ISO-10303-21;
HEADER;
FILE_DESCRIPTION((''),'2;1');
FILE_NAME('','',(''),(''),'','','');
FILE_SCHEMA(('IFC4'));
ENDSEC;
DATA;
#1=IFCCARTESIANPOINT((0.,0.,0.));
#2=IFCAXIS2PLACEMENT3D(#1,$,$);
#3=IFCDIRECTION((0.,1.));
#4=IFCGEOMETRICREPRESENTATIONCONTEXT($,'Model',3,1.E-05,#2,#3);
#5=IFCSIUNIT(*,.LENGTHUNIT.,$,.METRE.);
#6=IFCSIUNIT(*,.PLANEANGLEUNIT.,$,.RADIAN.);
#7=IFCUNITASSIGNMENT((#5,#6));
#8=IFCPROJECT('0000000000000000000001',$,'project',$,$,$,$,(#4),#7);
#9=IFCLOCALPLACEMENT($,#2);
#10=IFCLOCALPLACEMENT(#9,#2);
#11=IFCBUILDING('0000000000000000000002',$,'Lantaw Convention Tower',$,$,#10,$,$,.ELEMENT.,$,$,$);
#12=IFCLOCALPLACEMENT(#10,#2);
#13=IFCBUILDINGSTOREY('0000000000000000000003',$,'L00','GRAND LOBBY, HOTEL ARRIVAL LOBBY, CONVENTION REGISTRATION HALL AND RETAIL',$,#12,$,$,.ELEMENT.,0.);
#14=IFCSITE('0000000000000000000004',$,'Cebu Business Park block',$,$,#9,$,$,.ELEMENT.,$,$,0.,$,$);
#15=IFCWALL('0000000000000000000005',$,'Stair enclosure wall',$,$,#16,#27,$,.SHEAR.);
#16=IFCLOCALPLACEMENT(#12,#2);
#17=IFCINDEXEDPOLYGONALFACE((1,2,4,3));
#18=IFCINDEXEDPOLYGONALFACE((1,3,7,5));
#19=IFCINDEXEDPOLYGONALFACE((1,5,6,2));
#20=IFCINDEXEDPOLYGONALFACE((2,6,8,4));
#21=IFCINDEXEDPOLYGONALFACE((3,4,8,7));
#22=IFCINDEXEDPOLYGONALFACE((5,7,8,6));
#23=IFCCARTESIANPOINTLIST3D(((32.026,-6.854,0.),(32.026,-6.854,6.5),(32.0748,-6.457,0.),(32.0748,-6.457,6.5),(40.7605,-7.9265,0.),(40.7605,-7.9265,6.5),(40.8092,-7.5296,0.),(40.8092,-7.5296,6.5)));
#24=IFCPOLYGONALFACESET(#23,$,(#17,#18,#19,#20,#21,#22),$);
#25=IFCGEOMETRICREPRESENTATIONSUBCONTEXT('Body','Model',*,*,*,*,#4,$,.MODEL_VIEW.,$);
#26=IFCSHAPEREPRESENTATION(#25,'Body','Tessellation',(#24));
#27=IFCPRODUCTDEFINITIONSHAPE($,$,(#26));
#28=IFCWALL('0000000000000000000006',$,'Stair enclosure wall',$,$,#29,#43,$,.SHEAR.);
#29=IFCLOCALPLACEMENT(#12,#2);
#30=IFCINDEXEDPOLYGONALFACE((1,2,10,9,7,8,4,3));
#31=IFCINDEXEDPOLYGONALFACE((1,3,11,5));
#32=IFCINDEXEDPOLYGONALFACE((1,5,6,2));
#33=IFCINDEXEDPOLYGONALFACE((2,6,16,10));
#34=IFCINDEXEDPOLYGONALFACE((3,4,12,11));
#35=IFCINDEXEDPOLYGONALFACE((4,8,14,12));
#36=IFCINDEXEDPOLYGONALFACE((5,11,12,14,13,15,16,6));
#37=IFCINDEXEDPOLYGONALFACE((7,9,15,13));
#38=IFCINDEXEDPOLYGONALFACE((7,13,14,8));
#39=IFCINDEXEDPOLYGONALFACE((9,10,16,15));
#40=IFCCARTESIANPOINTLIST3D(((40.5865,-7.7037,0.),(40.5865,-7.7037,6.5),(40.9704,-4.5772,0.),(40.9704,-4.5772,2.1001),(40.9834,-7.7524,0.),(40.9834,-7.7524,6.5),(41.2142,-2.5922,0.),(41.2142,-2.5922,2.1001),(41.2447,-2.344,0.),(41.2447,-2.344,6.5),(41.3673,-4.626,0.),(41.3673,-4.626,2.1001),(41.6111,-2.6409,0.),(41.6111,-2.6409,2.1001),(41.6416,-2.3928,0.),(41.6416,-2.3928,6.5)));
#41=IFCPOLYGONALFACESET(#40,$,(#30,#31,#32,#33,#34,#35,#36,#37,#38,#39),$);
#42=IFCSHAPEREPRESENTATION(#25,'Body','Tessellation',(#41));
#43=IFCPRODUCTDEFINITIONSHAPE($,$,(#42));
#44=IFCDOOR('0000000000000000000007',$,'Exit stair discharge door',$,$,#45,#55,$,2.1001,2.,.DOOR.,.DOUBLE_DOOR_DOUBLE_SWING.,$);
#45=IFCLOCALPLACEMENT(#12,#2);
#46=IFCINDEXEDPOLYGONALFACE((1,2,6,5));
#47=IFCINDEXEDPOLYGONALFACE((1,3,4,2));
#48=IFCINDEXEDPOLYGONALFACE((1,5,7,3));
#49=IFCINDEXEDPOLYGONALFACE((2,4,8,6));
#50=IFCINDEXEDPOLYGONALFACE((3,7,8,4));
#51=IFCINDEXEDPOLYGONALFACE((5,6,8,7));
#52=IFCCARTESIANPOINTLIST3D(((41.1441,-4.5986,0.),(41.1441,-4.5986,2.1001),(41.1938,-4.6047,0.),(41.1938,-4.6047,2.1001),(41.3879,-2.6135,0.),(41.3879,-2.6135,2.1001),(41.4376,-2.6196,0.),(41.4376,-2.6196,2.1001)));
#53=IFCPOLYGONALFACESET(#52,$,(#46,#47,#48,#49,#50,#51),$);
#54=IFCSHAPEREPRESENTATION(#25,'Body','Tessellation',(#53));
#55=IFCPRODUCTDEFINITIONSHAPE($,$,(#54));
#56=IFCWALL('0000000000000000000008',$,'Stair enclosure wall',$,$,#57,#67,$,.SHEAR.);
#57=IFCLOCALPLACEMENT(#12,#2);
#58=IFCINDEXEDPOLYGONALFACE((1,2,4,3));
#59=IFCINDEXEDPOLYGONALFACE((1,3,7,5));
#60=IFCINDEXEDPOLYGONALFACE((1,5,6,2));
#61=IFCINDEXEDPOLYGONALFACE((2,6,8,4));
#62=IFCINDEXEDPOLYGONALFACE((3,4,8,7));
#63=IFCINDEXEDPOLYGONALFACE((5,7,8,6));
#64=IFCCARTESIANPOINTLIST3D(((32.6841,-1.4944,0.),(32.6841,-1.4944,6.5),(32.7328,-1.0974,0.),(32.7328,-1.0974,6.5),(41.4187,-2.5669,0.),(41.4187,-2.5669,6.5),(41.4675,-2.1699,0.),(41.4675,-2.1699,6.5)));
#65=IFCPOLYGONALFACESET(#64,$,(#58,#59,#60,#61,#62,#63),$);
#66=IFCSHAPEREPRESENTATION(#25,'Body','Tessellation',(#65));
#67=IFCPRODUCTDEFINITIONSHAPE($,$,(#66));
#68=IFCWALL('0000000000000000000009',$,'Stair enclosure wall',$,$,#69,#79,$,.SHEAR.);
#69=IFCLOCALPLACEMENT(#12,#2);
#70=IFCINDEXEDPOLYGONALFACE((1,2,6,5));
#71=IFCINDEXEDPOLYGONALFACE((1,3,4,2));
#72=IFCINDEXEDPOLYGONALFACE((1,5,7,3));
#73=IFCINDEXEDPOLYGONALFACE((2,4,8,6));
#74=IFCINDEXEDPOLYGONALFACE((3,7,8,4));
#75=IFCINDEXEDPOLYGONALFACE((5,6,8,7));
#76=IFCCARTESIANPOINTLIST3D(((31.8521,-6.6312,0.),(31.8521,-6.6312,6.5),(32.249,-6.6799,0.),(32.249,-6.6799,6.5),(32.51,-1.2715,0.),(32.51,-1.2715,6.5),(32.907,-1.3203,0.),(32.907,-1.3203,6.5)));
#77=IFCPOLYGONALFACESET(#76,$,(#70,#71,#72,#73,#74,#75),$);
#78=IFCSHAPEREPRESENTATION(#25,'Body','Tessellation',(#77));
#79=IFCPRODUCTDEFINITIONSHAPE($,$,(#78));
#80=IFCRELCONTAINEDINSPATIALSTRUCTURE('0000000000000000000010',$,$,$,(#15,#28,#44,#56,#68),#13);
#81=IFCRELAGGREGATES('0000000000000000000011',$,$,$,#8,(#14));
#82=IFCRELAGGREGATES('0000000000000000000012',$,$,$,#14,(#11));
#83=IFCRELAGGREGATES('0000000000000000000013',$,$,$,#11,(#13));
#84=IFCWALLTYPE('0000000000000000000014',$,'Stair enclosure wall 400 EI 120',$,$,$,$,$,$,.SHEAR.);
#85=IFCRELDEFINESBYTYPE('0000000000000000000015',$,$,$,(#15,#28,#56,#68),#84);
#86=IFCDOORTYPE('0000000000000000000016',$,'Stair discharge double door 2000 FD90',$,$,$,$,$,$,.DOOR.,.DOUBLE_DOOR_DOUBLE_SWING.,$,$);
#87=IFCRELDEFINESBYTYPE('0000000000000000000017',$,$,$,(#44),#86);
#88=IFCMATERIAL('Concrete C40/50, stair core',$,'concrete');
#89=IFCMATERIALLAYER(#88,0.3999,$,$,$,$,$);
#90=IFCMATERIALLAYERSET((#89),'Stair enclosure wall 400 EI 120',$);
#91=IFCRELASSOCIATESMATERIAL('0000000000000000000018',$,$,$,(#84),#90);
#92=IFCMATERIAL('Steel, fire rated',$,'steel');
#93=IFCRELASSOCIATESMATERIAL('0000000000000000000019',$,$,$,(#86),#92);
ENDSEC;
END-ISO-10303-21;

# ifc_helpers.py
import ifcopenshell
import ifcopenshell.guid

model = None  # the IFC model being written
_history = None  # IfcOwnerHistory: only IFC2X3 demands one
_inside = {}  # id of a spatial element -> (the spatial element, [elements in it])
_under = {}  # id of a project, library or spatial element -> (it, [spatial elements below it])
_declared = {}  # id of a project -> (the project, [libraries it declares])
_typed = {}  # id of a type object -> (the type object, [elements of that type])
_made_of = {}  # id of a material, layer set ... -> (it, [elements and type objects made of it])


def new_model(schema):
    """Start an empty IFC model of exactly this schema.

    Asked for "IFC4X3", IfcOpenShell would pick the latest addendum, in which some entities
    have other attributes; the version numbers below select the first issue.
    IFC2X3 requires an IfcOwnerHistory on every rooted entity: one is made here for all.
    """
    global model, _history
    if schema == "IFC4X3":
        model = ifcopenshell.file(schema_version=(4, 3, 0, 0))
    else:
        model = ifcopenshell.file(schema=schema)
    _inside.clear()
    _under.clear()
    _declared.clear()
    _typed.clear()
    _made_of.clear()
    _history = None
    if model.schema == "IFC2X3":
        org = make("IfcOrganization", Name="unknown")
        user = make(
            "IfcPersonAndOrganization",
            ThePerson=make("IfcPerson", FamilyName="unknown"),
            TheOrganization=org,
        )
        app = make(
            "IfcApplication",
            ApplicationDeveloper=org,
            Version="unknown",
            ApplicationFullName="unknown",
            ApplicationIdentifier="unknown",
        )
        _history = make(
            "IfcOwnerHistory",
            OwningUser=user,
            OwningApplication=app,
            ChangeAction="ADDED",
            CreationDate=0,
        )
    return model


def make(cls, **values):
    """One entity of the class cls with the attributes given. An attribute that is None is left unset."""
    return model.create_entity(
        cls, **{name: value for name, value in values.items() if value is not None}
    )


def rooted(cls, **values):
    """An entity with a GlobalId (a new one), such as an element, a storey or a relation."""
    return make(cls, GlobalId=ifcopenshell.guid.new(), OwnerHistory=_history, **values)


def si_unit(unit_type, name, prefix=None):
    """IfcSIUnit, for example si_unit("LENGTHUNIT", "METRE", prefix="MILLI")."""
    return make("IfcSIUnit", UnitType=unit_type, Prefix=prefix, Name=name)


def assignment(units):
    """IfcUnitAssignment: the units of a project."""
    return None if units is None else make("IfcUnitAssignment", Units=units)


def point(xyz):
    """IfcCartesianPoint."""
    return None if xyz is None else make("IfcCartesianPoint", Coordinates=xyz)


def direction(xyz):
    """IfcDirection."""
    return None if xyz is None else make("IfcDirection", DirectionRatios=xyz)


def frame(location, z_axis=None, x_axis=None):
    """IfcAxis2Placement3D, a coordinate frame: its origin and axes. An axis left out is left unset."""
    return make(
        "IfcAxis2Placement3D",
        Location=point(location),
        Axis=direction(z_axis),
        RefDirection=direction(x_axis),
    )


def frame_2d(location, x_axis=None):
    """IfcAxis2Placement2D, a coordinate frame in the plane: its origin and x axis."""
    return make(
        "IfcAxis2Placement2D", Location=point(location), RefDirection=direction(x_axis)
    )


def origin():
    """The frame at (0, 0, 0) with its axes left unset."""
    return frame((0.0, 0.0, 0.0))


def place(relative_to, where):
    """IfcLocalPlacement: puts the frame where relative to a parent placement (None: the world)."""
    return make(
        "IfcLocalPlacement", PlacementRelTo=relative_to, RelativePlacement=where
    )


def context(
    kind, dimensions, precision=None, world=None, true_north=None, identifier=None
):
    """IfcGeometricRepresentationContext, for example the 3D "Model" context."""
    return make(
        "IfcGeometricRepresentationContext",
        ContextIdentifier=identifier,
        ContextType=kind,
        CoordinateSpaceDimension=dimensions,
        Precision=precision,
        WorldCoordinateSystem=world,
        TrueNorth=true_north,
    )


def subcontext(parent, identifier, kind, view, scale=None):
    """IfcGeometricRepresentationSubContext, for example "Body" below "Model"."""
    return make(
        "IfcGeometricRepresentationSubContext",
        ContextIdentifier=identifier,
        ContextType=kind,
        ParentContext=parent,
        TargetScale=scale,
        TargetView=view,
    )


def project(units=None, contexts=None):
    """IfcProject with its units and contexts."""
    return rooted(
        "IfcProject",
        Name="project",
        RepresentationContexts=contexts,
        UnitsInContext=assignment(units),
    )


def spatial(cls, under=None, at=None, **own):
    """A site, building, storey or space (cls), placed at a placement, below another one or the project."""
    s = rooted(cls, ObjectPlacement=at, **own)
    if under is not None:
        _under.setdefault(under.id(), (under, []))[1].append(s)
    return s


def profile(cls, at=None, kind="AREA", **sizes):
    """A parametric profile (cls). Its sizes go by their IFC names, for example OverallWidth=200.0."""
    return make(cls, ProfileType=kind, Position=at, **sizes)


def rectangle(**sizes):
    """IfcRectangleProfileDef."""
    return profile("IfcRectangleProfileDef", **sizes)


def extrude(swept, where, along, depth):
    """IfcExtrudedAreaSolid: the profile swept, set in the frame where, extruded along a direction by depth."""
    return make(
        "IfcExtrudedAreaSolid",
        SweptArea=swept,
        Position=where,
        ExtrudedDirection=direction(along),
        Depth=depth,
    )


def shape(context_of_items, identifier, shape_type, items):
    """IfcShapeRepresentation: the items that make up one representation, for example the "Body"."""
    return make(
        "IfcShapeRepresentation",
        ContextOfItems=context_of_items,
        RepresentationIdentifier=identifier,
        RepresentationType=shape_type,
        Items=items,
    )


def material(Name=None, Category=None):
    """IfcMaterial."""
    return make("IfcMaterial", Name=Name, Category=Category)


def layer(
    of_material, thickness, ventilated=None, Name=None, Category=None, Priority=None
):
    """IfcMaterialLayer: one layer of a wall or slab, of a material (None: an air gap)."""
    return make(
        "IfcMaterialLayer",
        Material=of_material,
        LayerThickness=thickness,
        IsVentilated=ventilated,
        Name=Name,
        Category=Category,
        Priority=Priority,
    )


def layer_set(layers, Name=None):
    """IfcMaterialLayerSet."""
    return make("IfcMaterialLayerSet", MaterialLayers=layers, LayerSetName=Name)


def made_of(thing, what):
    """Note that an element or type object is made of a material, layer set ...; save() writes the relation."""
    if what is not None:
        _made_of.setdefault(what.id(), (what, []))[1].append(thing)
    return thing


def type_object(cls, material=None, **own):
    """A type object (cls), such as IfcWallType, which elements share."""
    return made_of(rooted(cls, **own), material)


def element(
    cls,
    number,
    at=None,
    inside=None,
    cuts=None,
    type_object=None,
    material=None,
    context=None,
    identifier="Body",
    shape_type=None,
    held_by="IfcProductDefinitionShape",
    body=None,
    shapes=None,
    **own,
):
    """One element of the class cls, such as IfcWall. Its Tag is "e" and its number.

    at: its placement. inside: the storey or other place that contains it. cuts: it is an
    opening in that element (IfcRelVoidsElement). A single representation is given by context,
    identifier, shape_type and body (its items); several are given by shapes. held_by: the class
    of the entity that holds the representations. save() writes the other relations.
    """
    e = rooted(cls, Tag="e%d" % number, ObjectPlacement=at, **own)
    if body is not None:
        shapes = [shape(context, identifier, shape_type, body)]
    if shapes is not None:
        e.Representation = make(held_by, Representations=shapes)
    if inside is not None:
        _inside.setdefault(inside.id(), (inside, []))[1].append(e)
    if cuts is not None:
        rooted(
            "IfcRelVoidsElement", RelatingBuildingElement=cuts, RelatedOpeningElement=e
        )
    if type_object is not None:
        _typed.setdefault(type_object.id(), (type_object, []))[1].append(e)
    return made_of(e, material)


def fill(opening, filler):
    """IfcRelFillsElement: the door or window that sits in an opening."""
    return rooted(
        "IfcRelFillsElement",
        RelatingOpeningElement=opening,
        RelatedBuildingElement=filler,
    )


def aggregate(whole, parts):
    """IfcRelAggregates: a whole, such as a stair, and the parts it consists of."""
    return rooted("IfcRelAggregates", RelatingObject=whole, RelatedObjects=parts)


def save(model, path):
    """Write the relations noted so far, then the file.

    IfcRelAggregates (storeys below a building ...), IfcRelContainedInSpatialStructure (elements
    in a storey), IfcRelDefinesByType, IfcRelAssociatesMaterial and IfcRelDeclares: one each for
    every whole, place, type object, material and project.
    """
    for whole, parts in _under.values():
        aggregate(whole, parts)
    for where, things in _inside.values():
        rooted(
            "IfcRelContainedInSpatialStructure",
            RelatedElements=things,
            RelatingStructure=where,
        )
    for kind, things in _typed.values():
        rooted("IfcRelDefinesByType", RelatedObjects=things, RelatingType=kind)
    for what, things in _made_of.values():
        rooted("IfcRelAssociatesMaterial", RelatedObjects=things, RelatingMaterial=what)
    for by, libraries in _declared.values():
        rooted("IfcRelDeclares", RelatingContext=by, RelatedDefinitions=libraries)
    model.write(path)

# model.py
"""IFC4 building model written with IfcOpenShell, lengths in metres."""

from ifc_helpers import new_model, si_unit, direction, frame, frame_2d, origin, place, context, subcontext, project, spatial, rectangle, extrude, material, layer, layer_set, type_object, element, fill, save


model = new_model("IFC4")

# Units and contexts
model_context = context("Model", 3, precision=1e-05, world=origin(), true_north=direction((0.0, 1.0)))
body_context = subcontext(model_context, "Body", "Model", "MODEL_VIEW")
ifc_project = project(units=[si_unit("LENGTHUNIT", "METRE"), si_unit("PLANEANGLEUNIT", "RADIAN")], contexts=[model_context])

# Site, building, storey
site_placement = place(None, origin())
site = spatial("IfcSite", under=ifc_project, at=site_placement, Name="Cebu Business Park block", CompositionType="ELEMENT", RefElevation=0.0)
building_placement = place(site_placement, origin())
building = spatial("IfcBuilding", under=site, at=building_placement, Name="Lantaw Convention Tower", CompositionType="ELEMENT")
storey_placement = place(building_placement, origin())
storey = spatial("IfcBuildingStorey", under=building, at=storey_placement, Name="L00", Description="GRAND LOBBY, HOTEL ARRIVAL LOBBY, CONVENTION REGISTRATION HALL AND RETAIL", CompositionType="ELEMENT", Elevation=0.0)

# Wall
ifc_material_1 = material(Name="Concrete C40/50, stair core", Category="concrete")
ifc_layer_1 = layer(ifc_material_1, 0.3999)
ifc_layer_set_1 = layer_set([ifc_layer_1], Name="Stair enclosure wall 400 EI 120")
wall_type_1 = type_object("IfcWallType", Name="Stair enclosure wall 400 EI 120", PredefinedType="SHEAR", material=ifc_layer_set_1)
wall_1_placement = place(storey_placement, frame((32.0505, -6.6555, 0.0), z_axis=(0.0, 0.0, 1.0), x_axis=(0.992545, -0.121876, 0.0)))
element("IfcWall", 1, at=wall_1_placement, inside=storey, type_object=wall_type_1, Name="Stair enclosure wall", PredefinedType="SHEAR", context=body_context, shape_type="SweptSolid", body=[
    extrude(rectangle(XDim=8.8, YDim=0.3999, at=frame_2d((4.3999, 0.0))), origin(), (0.0, 0.0, 1.0), 6.5),
])

# Wall, opening, door
wall_2_placement = place(storey_placement, frame((40.7849, -7.728, 0.0), z_axis=(0.0, 0.0, 1.0), x_axis=(0.121892, 0.992543, 0.0)))
wall_2 = element("IfcWall", 2, at=wall_2_placement, inside=storey, type_object=wall_type_1, Name="Stair enclosure wall", PredefinedType="SHEAR", context=body_context, shape_type="SweptSolid", body=[
    extrude(rectangle(XDim=5.3999, YDim=0.3999, at=frame_2d((2.7, 0.0))), origin(), (0.0, 0.0, 1.0), 6.5),
])
opening_1_placement = place(wall_2_placement, frame((3.1499, 0.0, 0.0)))
opening_1 = element("IfcOpeningElement", 3, at=opening_1_placement, cuts=wall_2, PredefinedType="OPENING", context=body_context, shape_type="SweptSolid", body=[
    extrude(rectangle(XDim=2.0, YDim=2.1001, at=frame_2d((1.0, 1.05))), frame((0.0, 0.21, 0.0), z_axis=(0.0, -1.0, 0.0), x_axis=(1.0, 0.0, 0.0)), (0.0, 0.0, 1.0), 0.4199),
])
ifc_material_2 = material(Name="Steel, fire rated", Category="steel")
door_type_1 = type_object("IfcDoorType", Name="Stair discharge double door 2000 FD90", OperationType="DOUBLE_DOOR_DOUBLE_SWING", PredefinedType="DOOR", material=ifc_material_2)
door_1_placement = place(opening_1_placement, origin())
door_1 = element("IfcDoor", 4, at=door_1_placement, inside=storey, type_object=door_type_1, Name="Exit stair discharge door", OperationType="DOUBLE_DOOR_DOUBLE_SWING", OverallHeight=2.1001, OverallWidth=2.0, PredefinedType="DOOR", context=body_context, shape_type="SweptSolid", body=[
    extrude(rectangle(XDim=2.0, YDim=2.1001, at=frame_2d((1.0, 1.05))), frame((0.0, 0.0249, 0.0), z_axis=(0.0, -1.0, 0.0), x_axis=(1.0, 0.0, 0.0)), (0.0, 0.0, 1.0), 0.05),
])
fill(opening_1, door_1)

# Walls
wall_3_placement = place(storey_placement, frame((41.4431, -2.3684, 0.0), z_axis=(0.0, 0.0, 1.0), x_axis=(-0.992546, 0.121873, 0.0)))
element("IfcWall", 5, at=wall_3_placement, inside=storey, type_object=wall_type_1, Name="Stair enclosure wall", PredefinedType="SHEAR", context=body_context, shape_type="SweptSolid", body=[
    extrude(rectangle(XDim=8.8003, YDim=0.3999, at=frame_2d((4.4001, 0.0))), origin(), (0.0, 0.0, 1.0), 6.5),
])
wall_4_placement = place(storey_placement, frame((32.7085, -1.2959, 0.0), z_axis=(0.0, 0.0, 1.0), x_axis=(-0.121848, -0.992549, 0.0)))
element("IfcWall", 6, at=wall_4_placement, inside=storey, type_object=wall_type_1, Name="Stair enclosure wall", PredefinedType="SHEAR", context=body_context, shape_type="SweptSolid", body=[
    extrude(rectangle(XDim=5.3999, YDim=0.3999, at=frame_2d((2.7, 0.0))), origin(), (0.0, 0.0, 1.0), 6.5),
])

save(model, "model.ifc")
